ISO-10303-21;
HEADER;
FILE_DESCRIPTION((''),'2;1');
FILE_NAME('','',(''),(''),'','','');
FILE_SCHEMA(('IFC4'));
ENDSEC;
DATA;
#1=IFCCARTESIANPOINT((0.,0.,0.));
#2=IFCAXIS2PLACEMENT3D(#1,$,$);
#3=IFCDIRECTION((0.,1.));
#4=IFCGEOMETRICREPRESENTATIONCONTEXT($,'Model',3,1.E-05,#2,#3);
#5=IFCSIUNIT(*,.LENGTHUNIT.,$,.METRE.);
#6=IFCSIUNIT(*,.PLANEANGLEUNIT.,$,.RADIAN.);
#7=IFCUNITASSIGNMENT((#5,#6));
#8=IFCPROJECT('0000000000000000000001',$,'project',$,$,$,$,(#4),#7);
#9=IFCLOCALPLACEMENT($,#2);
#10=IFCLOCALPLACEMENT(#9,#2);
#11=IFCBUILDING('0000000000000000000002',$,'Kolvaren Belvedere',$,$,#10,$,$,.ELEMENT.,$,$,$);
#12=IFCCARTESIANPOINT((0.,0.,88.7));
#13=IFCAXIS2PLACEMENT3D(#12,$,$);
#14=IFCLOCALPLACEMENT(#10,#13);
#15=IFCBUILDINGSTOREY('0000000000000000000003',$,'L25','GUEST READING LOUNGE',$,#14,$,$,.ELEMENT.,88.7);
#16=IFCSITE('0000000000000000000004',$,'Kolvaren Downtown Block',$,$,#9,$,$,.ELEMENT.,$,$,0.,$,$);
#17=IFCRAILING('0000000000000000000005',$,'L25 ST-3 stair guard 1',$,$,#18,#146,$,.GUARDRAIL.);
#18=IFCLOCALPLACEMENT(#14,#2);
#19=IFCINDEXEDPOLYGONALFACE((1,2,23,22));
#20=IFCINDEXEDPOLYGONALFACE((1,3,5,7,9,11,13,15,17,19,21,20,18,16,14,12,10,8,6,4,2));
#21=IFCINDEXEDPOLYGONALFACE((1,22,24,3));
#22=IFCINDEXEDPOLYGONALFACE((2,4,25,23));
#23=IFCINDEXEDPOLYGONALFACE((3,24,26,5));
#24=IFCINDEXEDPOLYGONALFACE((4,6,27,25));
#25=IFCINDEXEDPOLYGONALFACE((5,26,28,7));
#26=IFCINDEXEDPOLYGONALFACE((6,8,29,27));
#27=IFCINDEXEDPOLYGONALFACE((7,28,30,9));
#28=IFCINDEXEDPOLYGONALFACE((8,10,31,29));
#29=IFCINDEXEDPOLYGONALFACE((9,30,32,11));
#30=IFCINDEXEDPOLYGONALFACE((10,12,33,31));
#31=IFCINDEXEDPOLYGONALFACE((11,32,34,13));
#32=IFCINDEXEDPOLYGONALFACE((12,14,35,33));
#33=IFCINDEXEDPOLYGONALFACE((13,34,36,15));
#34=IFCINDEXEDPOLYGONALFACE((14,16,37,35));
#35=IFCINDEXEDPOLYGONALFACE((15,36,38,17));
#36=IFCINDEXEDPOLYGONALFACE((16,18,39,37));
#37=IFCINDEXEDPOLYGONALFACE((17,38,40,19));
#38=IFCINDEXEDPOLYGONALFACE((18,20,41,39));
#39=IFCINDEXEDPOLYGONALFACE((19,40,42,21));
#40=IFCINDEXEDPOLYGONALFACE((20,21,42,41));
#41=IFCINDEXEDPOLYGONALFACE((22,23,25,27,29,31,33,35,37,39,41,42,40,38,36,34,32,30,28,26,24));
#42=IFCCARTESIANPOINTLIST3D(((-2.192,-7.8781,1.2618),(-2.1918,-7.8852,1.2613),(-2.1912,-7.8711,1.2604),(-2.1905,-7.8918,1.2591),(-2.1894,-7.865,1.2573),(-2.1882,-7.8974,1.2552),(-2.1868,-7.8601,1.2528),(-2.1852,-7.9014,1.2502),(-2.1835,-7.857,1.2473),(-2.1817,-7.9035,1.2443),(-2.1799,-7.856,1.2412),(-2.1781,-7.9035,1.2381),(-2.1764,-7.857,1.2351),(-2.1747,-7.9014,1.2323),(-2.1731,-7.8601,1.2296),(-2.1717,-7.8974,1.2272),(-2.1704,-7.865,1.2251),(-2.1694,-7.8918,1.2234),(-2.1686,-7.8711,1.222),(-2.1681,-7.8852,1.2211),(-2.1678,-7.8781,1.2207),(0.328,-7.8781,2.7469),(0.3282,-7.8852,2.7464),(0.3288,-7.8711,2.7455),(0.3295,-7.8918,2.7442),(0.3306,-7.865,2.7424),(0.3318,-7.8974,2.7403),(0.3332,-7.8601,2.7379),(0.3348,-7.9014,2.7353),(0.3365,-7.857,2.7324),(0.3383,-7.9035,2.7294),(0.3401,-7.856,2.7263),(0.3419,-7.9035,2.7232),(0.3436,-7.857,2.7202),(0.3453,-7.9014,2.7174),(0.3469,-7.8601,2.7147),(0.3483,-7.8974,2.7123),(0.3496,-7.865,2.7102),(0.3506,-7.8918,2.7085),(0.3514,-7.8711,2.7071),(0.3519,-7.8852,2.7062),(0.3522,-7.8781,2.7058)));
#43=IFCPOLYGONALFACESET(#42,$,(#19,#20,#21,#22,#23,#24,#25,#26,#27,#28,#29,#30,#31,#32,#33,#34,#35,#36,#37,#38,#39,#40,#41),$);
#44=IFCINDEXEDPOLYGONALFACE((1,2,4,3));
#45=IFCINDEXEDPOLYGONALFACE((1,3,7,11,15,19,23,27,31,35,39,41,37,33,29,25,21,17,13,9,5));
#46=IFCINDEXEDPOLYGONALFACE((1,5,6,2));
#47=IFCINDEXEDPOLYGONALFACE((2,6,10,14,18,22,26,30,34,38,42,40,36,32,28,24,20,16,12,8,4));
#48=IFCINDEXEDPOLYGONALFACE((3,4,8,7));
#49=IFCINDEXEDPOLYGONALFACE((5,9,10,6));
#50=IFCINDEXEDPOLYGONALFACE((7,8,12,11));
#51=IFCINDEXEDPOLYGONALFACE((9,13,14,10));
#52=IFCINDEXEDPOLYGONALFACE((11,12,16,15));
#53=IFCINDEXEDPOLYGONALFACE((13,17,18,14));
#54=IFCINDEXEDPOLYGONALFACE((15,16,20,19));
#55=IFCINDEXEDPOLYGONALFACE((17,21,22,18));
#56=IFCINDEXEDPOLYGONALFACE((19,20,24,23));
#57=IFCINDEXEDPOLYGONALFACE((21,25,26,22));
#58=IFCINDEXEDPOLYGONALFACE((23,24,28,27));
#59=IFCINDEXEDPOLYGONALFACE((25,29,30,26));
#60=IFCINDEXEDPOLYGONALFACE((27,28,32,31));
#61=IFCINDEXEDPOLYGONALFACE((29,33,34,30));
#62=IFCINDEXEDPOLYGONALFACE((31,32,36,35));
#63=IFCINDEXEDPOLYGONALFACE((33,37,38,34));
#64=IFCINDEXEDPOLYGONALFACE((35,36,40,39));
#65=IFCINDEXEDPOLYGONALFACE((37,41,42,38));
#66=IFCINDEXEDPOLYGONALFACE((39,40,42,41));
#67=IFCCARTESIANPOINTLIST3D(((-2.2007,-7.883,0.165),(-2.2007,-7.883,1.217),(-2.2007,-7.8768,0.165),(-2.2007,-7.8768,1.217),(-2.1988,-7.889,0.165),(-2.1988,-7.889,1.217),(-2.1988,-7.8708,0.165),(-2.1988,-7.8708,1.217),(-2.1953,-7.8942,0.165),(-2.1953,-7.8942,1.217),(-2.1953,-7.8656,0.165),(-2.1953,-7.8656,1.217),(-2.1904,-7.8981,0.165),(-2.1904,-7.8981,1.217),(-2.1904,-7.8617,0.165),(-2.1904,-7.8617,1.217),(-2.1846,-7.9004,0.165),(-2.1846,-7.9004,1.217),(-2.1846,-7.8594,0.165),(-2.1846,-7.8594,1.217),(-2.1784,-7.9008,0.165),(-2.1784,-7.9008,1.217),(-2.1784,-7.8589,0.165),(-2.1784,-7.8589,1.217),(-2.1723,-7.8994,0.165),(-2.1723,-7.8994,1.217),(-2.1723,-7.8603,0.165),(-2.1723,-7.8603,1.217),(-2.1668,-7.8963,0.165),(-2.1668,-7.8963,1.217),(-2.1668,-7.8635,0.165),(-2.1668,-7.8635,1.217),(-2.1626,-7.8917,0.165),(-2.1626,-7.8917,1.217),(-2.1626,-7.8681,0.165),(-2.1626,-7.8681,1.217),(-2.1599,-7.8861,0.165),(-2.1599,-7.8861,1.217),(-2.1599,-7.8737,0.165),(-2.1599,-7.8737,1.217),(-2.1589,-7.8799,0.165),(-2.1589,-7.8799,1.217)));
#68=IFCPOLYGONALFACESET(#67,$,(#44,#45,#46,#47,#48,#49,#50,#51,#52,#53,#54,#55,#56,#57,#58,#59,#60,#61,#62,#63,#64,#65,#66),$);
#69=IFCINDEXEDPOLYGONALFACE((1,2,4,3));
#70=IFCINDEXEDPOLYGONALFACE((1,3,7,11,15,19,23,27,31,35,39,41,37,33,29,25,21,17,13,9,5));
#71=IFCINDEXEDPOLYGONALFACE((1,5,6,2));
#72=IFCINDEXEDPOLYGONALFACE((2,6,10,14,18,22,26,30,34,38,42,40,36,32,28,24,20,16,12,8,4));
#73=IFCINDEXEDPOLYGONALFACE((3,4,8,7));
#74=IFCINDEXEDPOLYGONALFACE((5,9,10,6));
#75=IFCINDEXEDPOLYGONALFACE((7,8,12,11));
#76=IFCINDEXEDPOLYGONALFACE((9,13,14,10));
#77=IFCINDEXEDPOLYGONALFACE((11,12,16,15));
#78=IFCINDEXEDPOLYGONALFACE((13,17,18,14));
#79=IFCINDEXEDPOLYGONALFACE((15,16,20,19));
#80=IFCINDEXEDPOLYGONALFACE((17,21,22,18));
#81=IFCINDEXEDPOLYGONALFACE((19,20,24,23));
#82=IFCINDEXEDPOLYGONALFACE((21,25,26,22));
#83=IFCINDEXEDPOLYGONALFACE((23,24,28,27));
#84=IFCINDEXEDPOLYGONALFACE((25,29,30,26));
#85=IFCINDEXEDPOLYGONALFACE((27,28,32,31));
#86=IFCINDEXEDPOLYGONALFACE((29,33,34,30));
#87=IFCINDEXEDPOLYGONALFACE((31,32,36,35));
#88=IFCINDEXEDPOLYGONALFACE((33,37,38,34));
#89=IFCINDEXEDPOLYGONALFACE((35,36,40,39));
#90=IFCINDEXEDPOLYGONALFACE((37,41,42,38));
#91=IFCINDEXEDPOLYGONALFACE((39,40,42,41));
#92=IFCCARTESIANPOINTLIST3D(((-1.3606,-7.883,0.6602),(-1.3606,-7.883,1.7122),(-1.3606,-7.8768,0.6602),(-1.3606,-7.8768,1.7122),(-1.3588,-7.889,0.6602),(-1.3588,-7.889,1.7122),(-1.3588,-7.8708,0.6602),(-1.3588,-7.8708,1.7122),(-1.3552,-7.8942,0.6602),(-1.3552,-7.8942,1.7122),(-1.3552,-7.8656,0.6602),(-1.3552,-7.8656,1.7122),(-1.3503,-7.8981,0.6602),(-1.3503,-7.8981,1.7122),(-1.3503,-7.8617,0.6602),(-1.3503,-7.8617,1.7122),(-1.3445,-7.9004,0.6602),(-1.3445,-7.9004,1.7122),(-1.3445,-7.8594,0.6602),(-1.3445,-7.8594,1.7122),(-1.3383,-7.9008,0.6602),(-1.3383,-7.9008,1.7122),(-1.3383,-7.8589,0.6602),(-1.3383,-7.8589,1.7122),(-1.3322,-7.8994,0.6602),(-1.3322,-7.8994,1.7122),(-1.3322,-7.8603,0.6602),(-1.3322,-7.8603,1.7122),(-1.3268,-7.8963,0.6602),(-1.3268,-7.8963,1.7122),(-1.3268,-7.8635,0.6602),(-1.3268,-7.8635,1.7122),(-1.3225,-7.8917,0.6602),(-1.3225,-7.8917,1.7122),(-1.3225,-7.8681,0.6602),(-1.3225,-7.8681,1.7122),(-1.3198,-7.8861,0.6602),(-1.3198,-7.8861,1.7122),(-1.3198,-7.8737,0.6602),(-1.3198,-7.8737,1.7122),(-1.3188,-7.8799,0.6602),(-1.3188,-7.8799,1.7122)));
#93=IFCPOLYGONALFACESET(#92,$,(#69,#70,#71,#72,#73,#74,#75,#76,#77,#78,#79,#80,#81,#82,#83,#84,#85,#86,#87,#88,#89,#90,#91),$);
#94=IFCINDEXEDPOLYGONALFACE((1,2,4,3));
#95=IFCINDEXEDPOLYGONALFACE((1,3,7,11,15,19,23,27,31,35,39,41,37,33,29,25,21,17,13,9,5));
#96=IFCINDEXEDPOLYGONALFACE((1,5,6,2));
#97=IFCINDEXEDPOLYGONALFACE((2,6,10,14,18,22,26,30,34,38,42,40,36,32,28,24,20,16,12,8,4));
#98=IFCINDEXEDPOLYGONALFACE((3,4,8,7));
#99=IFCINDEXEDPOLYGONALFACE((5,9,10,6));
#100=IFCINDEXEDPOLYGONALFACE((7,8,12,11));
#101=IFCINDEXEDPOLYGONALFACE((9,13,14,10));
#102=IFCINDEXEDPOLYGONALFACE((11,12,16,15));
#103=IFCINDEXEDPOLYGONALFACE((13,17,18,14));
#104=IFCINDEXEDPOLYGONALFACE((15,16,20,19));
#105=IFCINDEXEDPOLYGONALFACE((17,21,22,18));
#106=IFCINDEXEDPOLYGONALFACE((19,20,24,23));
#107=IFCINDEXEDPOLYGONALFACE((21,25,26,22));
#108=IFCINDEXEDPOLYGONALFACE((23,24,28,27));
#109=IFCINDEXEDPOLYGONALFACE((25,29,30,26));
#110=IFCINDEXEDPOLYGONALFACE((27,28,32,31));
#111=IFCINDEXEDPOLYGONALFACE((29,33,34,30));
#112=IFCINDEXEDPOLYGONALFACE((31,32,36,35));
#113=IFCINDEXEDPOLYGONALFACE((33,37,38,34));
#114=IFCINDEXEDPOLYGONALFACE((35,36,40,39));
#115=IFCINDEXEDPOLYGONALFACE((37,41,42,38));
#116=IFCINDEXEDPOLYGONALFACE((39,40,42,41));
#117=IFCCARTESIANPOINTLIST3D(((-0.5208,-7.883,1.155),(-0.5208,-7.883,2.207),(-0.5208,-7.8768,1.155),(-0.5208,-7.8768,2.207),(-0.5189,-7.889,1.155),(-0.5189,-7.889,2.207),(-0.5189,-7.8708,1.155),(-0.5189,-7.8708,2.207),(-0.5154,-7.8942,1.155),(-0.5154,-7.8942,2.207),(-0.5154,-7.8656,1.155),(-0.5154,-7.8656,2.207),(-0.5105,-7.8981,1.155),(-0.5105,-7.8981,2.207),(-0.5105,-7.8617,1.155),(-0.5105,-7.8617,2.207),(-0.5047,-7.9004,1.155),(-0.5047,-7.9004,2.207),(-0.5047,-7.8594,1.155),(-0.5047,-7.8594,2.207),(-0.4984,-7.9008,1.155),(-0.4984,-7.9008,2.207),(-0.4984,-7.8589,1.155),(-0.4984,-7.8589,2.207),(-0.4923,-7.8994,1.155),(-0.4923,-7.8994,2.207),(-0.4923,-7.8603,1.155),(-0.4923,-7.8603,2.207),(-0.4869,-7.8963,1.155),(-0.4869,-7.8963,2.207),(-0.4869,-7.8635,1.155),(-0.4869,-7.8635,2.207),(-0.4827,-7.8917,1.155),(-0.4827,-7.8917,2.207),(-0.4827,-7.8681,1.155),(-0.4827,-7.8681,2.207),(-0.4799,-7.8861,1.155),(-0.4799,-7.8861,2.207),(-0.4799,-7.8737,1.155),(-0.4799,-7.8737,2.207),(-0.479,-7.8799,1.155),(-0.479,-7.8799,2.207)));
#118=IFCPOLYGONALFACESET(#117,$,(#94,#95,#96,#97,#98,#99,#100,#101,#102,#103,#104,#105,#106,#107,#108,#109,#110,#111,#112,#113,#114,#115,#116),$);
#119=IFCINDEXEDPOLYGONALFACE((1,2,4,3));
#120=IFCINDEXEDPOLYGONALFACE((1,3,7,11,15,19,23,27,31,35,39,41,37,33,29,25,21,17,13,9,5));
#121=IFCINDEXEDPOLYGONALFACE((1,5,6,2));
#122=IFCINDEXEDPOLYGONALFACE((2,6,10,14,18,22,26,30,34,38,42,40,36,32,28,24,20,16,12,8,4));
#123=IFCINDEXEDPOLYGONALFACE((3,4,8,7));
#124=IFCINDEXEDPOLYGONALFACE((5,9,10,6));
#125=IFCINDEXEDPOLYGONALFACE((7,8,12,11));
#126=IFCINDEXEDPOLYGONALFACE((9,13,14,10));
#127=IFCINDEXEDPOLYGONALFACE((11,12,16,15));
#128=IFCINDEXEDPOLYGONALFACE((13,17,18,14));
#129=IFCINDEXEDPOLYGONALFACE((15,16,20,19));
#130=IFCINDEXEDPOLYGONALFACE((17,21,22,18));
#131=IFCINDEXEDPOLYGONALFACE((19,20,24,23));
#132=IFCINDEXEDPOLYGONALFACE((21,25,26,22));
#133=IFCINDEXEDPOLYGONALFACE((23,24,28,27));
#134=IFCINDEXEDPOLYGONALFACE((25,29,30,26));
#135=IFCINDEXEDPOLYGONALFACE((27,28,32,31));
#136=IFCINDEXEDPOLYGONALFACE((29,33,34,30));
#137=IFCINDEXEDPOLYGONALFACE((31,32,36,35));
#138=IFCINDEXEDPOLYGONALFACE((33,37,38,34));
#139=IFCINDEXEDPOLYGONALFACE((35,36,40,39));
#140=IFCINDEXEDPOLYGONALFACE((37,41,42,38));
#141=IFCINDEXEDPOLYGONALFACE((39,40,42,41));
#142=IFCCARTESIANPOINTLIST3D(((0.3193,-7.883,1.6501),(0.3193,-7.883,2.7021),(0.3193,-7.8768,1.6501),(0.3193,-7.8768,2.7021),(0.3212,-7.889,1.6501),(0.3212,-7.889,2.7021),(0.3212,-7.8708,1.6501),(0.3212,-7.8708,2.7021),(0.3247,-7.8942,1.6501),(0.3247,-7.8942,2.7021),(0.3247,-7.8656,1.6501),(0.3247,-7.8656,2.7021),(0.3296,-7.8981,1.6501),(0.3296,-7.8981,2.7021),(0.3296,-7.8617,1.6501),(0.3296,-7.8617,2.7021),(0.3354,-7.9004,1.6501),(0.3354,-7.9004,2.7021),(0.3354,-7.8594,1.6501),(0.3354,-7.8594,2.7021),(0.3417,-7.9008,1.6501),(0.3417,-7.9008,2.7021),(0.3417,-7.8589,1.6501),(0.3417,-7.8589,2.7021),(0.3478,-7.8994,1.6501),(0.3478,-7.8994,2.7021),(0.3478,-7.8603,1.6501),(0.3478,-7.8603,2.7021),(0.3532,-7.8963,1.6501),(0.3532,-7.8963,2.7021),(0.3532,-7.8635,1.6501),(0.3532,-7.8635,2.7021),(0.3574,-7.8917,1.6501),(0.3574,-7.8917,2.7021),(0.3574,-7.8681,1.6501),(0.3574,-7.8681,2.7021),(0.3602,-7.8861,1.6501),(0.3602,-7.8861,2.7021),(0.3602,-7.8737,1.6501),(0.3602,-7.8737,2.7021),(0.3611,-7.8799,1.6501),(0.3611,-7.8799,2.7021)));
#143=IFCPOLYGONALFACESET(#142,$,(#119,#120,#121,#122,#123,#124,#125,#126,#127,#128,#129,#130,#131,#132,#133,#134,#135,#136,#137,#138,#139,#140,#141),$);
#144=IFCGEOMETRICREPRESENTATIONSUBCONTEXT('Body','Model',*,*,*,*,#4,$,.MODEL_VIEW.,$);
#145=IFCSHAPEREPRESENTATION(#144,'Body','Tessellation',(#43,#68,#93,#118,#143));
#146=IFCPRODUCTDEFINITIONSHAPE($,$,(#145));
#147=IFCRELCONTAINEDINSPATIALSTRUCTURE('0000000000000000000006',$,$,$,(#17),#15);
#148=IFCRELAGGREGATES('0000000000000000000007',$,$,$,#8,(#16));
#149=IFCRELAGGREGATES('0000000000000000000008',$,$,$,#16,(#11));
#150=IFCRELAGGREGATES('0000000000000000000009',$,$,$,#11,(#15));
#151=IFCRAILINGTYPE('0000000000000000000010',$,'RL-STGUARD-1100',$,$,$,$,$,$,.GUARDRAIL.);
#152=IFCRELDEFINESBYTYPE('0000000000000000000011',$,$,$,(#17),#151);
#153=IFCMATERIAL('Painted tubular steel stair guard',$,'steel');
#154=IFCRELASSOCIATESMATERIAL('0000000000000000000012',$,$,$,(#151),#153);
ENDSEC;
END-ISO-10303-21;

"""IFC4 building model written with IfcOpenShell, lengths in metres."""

from ifc_helpers import new_model, si_unit, direction, frame, origin, origin_2d, place, context, subcontext, project, spatial, circle, extrude, material, type_object, element, save


model = new_model("IFC4")

# Units and contexts
model_context = context("Model", 3, precision=1e-05, world=origin(), true_north=direction((0.0, 1.0)))
body_context = subcontext(model_context, "Body", "Model", "MODEL_VIEW")
ifc_project = project(units=[si_unit("LENGTHUNIT", "METRE"), si_unit("PLANEANGLEUNIT", "RADIAN")], contexts=[model_context])

# Site, building, storey
site_placement = place(None, origin())
site = spatial("IfcSite", under=ifc_project, at=site_placement, Name="Kolvaren Downtown Block", CompositionType="ELEMENT", RefElevation=0.0)
building_placement = place(site_placement, origin())
building = spatial("IfcBuilding", under=site, at=building_placement, Name="Kolvaren Belvedere", CompositionType="ELEMENT")
storey_placement = place(building_placement, frame((0.0, 0.0, 88.7)))
storey = spatial("IfcBuildingStorey", under=building, at=storey_placement, Name="L25", Description="GUEST READING LOUNGE", CompositionType="ELEMENT", Elevation=88.7)

# Railing
ifc_material_1 = material(Name="Painted tubular steel stair guard", Category="steel")
railing_type_1 = type_object("IfcRailingType", Name="RL-STGUARD-1100", PredefinedType="GUARDRAIL", material=ifc_material_1)
railing_1_placement = place(storey_placement, frame((-2.1799, -7.8799, 0.165)))
element("IfcRailing", 1, at=railing_1_placement, inside=storey, type_object=railing_type_1, Name="L25 ST-3 stair guard 1", PredefinedType="GUARDRAIL", context=body_context, shape_type="SweptSolid", body=[
    extrude(circle(Radius=0.0239, at=origin_2d()), frame((0.0, 0.0, 1.0762), z_axis=(0.861524, 0.0, 0.507717), x_axis=(0.0, 1.0, 0.0)), (0.0, 0.0, 1.0), 2.925),
    extrude(circle(Radius=0.021, at=origin_2d()), origin(), (0.0, 0.0, 1.0), 1.052),
    extrude(circle(Radius=0.021, at=origin_2d()), frame((0.8401, 0.0, 0.4951)), (0.0, 0.0, 1.0), 1.052),
    extrude(circle(Radius=0.021, at=origin_2d()), frame((1.6799, 0.0, 0.99)), (0.0, 0.0, 1.0), 1.052),
    extrude(circle(Radius=0.021, at=origin_2d()), frame((2.52, 0.0, 1.4851)), (0.0, 0.0, 1.0), 1.052),
])

save(model, "model.ifc")
